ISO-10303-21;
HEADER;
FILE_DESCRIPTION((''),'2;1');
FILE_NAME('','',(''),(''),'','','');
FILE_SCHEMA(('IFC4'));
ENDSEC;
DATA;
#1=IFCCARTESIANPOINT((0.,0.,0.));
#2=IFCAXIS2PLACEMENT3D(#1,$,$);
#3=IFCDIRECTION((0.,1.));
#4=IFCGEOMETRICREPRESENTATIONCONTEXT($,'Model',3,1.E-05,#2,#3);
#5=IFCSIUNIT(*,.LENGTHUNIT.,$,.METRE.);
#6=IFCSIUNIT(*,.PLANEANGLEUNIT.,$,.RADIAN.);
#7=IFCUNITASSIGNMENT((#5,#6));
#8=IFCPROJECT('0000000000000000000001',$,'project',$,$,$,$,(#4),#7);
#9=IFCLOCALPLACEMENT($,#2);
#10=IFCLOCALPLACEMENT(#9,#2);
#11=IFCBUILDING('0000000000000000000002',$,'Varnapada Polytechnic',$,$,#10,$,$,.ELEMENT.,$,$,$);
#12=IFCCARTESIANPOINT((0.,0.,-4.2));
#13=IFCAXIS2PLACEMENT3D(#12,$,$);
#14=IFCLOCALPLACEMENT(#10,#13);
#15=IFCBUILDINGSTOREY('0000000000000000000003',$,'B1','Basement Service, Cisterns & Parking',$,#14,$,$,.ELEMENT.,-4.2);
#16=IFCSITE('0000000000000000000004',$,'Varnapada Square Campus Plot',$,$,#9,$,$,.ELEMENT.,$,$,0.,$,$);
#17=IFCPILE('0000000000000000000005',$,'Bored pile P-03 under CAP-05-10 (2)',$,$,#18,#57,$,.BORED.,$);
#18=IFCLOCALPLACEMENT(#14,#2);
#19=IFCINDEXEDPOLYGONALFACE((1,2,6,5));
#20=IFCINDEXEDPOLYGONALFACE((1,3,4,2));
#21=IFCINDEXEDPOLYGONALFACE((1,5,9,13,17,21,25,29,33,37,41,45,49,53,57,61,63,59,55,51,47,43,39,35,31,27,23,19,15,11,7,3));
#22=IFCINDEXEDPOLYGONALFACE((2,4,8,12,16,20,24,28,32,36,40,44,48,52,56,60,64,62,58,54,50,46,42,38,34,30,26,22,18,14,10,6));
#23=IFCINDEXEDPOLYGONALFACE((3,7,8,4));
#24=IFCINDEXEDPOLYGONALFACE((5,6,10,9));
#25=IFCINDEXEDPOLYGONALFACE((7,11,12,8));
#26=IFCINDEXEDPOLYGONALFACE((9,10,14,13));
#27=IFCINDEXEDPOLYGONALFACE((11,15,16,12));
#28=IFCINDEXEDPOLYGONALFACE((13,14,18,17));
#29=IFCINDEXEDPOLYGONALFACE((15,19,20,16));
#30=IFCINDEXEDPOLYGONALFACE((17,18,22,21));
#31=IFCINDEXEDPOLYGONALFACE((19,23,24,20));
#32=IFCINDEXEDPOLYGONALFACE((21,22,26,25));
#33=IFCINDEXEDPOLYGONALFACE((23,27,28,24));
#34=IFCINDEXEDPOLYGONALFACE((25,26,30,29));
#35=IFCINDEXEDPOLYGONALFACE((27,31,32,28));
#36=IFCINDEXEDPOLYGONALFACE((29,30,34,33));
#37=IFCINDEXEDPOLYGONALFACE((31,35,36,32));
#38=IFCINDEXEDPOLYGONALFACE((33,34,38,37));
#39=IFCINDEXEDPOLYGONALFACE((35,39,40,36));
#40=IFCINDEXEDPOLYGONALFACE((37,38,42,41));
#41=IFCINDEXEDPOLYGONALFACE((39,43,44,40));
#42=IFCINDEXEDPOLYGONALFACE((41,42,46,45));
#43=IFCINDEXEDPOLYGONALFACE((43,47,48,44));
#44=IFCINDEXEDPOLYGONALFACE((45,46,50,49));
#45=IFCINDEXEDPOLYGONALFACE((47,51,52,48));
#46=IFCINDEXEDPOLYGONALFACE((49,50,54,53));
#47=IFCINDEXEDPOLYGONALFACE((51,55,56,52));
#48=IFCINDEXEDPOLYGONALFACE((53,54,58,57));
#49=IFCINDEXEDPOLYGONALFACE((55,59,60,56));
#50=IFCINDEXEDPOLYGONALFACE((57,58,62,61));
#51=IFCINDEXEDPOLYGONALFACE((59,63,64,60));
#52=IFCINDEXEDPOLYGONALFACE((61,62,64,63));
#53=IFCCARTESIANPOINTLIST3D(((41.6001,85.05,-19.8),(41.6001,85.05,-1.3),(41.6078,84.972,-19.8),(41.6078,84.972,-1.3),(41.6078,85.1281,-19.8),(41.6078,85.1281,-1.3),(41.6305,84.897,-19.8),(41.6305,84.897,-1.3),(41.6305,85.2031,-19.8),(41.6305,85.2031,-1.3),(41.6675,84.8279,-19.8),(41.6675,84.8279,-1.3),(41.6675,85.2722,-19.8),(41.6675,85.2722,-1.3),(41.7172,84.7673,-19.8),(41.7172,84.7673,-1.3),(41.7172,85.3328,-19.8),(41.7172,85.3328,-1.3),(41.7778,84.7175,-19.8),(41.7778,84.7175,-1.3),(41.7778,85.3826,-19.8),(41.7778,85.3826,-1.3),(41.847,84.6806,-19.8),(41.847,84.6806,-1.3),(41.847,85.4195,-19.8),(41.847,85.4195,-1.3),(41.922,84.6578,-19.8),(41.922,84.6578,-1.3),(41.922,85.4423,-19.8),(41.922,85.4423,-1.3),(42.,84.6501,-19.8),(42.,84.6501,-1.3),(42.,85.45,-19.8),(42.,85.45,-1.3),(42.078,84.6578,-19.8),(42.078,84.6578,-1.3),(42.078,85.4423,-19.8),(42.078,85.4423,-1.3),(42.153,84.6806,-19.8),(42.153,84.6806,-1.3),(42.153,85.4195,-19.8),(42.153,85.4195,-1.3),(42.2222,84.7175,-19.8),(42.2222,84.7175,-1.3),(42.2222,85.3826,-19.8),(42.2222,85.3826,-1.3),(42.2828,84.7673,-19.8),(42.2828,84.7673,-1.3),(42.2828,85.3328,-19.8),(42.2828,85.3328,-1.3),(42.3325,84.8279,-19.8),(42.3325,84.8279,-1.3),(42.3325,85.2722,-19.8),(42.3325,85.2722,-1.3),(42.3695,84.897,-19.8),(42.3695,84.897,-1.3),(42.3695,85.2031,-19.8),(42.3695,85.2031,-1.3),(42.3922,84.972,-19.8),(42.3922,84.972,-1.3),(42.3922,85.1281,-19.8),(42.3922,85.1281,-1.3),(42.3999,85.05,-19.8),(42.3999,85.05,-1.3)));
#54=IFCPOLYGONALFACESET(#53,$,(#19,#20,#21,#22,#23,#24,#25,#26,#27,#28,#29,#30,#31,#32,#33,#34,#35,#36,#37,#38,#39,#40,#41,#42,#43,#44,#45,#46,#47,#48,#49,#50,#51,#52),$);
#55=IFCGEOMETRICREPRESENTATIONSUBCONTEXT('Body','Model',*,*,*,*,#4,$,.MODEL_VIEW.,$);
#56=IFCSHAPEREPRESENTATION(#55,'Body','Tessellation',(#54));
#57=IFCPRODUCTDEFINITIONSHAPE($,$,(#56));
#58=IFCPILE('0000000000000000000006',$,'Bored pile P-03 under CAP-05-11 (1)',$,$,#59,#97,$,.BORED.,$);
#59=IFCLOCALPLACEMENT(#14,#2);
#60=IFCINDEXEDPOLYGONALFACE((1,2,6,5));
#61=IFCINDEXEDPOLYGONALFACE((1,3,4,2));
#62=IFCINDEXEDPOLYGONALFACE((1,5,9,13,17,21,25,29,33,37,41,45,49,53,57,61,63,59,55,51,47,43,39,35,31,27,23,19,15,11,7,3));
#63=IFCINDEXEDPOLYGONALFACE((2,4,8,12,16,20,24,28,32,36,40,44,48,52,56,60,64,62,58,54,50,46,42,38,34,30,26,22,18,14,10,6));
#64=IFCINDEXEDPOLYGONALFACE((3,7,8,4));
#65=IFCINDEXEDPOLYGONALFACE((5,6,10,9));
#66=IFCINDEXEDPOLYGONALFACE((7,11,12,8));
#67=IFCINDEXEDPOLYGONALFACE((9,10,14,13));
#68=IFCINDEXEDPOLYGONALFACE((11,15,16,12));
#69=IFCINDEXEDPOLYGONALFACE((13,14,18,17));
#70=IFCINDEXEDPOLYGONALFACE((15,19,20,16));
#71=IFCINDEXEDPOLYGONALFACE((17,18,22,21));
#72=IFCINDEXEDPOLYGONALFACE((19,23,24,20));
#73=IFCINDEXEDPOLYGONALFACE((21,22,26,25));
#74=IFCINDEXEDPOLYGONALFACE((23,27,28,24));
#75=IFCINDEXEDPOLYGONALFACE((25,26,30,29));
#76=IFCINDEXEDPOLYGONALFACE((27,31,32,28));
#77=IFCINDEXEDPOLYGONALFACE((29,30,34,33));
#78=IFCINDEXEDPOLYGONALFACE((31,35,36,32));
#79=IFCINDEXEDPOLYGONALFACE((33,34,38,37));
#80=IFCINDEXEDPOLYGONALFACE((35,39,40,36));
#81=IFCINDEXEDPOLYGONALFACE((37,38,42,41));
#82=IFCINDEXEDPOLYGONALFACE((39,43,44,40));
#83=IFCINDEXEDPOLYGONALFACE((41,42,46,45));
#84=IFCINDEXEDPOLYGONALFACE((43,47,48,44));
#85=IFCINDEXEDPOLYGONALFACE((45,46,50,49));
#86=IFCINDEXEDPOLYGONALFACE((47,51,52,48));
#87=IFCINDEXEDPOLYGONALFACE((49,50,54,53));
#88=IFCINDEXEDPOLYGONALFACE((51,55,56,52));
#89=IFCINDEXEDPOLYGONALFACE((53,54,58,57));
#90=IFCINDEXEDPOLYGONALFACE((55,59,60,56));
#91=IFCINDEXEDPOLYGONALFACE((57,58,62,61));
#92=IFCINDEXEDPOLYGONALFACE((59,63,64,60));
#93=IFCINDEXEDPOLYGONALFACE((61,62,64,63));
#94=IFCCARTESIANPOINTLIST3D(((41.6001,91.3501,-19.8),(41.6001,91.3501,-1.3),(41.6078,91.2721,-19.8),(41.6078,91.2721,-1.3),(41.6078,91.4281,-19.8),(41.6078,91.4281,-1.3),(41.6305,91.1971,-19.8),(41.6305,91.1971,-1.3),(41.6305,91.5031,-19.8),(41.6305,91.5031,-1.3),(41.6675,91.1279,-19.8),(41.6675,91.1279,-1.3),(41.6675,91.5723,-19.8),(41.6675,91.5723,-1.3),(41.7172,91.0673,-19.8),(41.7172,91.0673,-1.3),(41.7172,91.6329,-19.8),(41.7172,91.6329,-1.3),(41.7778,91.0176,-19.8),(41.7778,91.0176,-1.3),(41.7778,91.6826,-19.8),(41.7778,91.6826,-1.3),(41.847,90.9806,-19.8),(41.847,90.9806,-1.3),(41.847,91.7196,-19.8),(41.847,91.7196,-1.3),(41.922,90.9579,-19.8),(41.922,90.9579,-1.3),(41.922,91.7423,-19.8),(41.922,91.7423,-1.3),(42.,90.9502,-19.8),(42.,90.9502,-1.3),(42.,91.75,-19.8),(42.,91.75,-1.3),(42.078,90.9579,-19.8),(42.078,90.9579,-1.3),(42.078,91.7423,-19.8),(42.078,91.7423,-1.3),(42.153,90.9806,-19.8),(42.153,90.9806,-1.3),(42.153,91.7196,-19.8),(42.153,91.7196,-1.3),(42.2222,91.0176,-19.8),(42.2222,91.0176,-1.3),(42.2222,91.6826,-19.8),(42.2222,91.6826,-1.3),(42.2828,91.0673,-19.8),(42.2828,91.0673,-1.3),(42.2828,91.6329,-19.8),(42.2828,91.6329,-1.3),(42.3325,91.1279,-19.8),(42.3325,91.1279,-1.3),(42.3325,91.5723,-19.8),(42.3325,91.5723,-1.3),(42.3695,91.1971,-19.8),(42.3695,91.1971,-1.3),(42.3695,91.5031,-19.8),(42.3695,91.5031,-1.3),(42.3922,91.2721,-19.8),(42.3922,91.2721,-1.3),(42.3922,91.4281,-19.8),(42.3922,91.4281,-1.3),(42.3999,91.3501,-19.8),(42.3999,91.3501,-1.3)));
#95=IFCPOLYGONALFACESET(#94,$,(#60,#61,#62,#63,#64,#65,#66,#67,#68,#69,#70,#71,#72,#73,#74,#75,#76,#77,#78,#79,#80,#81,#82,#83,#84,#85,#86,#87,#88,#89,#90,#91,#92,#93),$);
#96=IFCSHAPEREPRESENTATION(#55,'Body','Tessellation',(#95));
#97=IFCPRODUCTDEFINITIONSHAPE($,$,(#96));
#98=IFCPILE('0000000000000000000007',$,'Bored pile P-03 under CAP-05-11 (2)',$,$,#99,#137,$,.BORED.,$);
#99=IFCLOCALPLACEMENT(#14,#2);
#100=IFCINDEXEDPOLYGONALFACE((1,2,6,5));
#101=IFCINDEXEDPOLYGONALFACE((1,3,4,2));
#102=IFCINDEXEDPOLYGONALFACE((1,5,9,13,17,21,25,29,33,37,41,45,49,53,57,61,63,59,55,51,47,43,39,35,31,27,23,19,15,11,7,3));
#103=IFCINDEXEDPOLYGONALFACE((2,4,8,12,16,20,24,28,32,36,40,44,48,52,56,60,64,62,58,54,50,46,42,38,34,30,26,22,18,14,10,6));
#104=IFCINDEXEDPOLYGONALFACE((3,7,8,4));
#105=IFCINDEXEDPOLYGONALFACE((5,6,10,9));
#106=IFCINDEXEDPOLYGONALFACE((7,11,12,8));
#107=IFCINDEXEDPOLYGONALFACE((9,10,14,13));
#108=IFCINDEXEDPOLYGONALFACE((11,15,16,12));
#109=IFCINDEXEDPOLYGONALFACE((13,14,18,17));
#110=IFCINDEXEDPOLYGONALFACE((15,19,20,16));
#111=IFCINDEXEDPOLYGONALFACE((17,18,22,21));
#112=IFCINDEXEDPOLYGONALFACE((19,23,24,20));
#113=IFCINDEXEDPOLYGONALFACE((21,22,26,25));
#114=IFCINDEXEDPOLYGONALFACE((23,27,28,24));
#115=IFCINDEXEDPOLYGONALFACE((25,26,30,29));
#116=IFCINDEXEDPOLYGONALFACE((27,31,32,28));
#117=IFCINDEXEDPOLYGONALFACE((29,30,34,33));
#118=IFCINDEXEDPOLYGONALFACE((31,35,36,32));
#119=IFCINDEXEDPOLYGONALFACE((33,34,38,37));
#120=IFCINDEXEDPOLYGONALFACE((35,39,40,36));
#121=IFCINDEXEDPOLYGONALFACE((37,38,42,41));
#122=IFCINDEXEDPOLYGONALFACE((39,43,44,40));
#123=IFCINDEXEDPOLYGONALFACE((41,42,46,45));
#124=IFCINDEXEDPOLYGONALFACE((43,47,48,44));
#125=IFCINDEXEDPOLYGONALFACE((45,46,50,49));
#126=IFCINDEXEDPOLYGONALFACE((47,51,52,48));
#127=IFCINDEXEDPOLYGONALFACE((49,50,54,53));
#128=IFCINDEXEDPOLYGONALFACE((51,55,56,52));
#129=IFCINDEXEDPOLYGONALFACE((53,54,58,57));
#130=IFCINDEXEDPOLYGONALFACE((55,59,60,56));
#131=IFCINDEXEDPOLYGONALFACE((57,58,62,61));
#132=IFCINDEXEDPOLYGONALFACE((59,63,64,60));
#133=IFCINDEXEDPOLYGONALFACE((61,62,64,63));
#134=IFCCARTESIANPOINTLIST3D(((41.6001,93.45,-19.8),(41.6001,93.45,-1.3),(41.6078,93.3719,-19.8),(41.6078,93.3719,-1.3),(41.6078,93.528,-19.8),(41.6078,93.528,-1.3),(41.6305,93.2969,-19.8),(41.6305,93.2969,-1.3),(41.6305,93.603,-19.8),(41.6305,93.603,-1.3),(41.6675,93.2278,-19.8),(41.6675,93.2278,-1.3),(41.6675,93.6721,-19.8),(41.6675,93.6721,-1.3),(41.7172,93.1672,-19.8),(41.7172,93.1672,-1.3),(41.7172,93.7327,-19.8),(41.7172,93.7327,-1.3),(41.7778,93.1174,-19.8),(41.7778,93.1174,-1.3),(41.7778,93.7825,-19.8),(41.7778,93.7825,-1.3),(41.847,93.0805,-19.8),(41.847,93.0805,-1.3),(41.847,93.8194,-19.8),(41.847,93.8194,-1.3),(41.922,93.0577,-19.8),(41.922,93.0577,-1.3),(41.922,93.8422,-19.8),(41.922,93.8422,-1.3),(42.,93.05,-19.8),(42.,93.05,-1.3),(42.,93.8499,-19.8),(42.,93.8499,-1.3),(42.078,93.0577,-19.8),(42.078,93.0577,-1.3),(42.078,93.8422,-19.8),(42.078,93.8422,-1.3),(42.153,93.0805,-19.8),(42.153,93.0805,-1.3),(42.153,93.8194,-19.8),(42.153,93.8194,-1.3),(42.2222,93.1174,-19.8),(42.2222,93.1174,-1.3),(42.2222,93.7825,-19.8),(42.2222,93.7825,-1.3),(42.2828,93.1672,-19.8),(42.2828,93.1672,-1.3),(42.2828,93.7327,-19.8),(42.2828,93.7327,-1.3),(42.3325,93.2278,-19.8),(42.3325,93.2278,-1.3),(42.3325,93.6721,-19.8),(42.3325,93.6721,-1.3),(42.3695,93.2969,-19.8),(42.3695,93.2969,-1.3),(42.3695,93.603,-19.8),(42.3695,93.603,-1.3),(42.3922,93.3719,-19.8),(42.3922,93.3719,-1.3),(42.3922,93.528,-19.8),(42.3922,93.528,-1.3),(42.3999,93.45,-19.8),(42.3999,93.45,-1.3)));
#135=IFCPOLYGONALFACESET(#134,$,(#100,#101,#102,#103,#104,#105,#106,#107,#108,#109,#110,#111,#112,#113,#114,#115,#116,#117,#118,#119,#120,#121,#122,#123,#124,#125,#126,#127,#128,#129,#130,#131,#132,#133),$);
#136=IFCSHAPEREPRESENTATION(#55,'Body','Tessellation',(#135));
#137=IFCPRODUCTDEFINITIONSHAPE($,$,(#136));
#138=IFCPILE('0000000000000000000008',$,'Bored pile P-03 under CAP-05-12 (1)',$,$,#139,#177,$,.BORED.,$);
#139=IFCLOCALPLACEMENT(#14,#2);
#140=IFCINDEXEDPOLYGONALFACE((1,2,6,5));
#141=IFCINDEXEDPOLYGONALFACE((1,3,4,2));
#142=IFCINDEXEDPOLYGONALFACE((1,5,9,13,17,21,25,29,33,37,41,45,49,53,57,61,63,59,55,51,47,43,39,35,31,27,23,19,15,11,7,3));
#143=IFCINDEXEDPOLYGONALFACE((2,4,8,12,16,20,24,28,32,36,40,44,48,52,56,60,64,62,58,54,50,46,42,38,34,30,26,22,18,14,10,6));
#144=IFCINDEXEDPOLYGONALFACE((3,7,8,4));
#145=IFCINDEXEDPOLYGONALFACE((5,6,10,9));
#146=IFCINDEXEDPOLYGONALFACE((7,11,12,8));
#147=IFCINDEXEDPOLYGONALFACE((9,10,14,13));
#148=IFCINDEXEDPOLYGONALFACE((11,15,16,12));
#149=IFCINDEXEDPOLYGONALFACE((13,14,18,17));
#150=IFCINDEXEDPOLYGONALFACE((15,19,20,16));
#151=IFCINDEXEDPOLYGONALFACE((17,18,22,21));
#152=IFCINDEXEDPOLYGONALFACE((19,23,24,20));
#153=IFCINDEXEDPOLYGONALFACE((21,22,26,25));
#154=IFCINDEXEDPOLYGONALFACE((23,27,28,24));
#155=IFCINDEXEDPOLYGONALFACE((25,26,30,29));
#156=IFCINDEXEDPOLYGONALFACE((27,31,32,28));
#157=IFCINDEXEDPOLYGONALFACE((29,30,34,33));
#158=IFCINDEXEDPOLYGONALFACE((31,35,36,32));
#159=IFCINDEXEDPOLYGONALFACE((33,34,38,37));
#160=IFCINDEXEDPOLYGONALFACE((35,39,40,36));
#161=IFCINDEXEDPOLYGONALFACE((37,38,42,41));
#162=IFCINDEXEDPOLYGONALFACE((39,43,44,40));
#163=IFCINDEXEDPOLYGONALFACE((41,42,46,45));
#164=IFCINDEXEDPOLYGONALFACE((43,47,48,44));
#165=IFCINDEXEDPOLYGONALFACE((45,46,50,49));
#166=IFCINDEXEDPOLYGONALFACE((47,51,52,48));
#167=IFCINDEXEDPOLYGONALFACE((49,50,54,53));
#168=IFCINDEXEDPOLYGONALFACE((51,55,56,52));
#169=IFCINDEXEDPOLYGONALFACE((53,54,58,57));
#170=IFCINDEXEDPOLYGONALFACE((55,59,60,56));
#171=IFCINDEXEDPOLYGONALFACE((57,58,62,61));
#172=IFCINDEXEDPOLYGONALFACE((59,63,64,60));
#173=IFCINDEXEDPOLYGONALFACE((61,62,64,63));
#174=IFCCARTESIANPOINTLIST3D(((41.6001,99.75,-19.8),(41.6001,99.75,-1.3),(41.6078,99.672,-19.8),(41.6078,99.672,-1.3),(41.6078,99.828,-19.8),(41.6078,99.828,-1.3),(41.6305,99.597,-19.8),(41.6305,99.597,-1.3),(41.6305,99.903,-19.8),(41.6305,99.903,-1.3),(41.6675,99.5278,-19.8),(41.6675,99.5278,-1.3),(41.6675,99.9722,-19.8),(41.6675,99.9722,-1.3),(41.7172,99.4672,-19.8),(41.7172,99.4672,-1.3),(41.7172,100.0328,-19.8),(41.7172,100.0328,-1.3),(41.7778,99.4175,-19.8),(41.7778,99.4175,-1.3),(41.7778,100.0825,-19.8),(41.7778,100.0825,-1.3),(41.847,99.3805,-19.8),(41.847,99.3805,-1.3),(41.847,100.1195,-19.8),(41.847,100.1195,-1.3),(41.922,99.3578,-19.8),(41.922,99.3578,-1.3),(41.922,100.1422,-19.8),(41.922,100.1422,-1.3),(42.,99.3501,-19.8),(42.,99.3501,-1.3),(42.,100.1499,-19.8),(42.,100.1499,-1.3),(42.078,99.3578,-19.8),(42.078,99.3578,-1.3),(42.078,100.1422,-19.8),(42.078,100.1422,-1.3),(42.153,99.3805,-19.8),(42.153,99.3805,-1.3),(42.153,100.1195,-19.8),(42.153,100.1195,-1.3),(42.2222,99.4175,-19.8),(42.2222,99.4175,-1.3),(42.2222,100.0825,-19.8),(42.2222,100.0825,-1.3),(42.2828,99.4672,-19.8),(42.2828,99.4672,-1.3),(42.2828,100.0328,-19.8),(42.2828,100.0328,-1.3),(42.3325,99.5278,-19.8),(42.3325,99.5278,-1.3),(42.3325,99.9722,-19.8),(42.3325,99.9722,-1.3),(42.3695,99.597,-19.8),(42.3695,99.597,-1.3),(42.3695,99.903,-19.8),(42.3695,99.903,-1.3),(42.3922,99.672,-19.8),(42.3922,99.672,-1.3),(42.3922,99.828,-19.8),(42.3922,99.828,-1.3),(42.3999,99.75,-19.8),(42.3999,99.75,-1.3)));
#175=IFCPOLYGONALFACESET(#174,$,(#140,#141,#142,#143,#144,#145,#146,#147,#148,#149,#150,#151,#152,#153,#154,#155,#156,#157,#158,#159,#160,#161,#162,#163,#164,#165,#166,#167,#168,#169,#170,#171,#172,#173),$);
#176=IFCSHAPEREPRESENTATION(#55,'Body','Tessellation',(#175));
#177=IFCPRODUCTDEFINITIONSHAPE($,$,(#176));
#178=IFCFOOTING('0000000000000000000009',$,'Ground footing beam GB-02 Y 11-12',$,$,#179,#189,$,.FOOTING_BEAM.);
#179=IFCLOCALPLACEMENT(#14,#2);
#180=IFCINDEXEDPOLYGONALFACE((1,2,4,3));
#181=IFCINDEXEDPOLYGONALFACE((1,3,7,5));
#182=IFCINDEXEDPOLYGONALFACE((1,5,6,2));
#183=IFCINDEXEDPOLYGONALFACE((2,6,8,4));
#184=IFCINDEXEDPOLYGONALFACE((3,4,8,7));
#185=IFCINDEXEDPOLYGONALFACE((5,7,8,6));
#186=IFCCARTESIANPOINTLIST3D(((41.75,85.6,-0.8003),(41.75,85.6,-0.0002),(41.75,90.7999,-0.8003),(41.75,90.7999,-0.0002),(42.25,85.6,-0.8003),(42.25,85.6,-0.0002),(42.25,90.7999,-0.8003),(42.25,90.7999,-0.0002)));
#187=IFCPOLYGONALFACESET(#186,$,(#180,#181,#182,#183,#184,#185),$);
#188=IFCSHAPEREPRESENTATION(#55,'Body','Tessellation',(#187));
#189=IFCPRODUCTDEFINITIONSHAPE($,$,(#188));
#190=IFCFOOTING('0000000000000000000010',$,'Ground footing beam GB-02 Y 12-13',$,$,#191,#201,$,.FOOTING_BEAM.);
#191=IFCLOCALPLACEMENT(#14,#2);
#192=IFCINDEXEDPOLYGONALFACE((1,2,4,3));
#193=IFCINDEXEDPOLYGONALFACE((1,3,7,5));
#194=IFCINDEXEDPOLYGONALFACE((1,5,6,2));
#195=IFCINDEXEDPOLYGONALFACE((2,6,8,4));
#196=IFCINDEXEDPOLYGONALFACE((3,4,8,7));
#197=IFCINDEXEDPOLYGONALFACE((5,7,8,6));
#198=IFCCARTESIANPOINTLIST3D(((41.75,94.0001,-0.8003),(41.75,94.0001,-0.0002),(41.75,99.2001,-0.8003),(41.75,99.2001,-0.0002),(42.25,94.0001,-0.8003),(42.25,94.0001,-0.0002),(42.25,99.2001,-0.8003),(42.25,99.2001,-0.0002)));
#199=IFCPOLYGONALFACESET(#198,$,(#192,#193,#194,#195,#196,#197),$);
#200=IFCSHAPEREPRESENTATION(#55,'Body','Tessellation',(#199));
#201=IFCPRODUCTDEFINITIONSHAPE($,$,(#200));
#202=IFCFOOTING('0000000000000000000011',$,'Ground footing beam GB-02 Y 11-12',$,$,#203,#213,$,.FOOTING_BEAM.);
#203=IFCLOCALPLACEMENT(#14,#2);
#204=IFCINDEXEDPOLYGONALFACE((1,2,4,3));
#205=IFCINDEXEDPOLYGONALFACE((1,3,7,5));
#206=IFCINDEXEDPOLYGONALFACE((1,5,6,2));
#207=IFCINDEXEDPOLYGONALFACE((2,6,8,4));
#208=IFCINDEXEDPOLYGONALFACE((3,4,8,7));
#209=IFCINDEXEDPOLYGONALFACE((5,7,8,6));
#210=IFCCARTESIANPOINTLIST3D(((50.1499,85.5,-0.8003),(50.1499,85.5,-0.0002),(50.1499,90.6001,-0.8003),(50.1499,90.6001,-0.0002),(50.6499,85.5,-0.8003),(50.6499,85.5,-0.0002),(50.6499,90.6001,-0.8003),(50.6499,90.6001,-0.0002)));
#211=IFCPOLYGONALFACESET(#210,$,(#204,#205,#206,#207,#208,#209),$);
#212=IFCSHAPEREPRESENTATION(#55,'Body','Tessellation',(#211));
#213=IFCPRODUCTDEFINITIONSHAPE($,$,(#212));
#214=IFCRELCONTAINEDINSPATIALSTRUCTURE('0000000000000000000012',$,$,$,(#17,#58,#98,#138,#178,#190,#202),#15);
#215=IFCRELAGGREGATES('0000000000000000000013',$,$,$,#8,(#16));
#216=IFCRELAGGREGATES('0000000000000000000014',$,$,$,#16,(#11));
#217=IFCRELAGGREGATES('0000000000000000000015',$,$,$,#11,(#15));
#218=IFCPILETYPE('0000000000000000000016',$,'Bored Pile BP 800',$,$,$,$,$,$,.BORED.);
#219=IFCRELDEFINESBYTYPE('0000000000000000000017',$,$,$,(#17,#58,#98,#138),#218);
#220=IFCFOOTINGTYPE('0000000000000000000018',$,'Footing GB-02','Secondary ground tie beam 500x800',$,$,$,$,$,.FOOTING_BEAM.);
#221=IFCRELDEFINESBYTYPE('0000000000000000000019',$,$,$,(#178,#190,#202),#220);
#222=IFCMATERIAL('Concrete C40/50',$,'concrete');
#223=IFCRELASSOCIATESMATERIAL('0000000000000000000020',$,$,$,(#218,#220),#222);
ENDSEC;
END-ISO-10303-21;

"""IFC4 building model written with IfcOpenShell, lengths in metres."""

from ifc_helpers import new_model, si_unit, direction, frame, origin, origin_2d, place, context, subcontext, project, spatial, rectangle, circle, extrude, material, material_profile, profile_set, type_object, element, save


model = new_model("IFC4")

# Units and contexts
model_context = context("Model", 3, precision=1e-05, world=origin(), true_north=direction((0.0, 1.0)))
body_context = subcontext(model_context, "Body", "Model", "MODEL_VIEW")
ifc_project = project(units=[si_unit("LENGTHUNIT", "METRE"), si_unit("PLANEANGLEUNIT", "RADIAN")], contexts=[model_context])

# Site, building, storey
site_placement = place(None, origin())
site = spatial("IfcSite", under=ifc_project, at=site_placement, Name="Varnapada Square Campus Plot", CompositionType="ELEMENT", RefElevation=0.0)
building_placement = place(site_placement, origin())
building = spatial("IfcBuilding", under=site, at=building_placement, Name="Varnapada Polytechnic", CompositionType="ELEMENT")
storey_placement = place(building_placement, frame((0.0, 0.0, -4.2)))
storey = spatial("IfcBuildingStorey", under=building, at=storey_placement, Name="B1", Description="Basement Service, Cisterns & Parking", CompositionType="ELEMENT", Elevation=-4.2)

# Piles
ifc_material_1 = material(Name="Concrete C40/50", Category="concrete")
ifc_material_profile_1 = material_profile(ifc_material_1, circle(Radius=0.3999, at=origin_2d()), Name="BP 800")
ifc_profile_set_1 = profile_set([ifc_material_profile_1], Name="Concrete C40/50")
pile_type_1 = type_object("IfcPileType", Name="Bored Pile BP 800", PredefinedType="BORED", material=ifc_profile_set_1)
for number, where, z_axis, x_axis, name in (
    (1, (42.0, 85.05, -1.3), (0.0, 0.0, -1.0), (1.0, 0.0, 0.0), "Bored pile P-03 under CAP-05-10 (2)"),
    (2, (42.0, 91.3501, -1.3), (0.0, 0.0, -1.0), (1.0, 0.0, 0.0), "Bored pile P-03 under CAP-05-11 (1)"),
    (3, (42.0, 93.45, -1.3), (0.0, 0.0, -1.0), (1.0, 0.0, 0.0), "Bored pile P-03 under CAP-05-11 (2)"),
    (4, (42.0, 99.75, -1.3), (0.0, 0.0, -1.0), (1.0, 0.0, 0.0), "Bored pile P-03 under CAP-05-12 (1)"),
):
    element("IfcPile", number, at=place(storey_placement, frame(where, z_axis=z_axis, x_axis=x_axis)), inside=storey, type_object=pile_type_1, Name=name, PredefinedType="BORED", context=body_context, shape_type="SweptSolid", body=[
        extrude(circle(Radius=0.3999, at=origin_2d()), origin(), (0.0, 0.0, 1.0), 18.5),
    ])

# Footings
footing_type_1 = type_object("IfcFootingType", Name="Footing GB-02", Description="Secondary ground tie beam 500x800", PredefinedType="FOOTING_BEAM", material=ifc_material_1)
for number, where, z_axis, x_axis, name in (
    (5, (42.0, 88.2, -0.8003), (0.0, 0.0, 1.0), (0.0, 1.0, 0.0), "Ground footing beam GB-02 Y 11-12"),
    (6, (42.0, 96.6001, -0.8003), (0.0, 0.0, 1.0), (0.0, 1.0, 0.0), "Ground footing beam GB-02 Y 12-13"),
):
    element("IfcFooting", number, at=place(storey_placement, frame(where, z_axis=z_axis, x_axis=x_axis)), inside=storey, type_object=footing_type_1, Name=name, PredefinedType="FOOTING_BEAM", context=body_context, shape_type="SweptSolid", body=[
        extrude(rectangle(XDim=5.2, YDim=0.5, at=origin_2d()), origin(), (0.0, 0.0, 1.0), 0.8),
    ])
footing_1_placement = place(storey_placement, frame((50.3999, 88.05, -0.8003), z_axis=(0.0, 0.0, 1.0), x_axis=(0.0, 1.0, 0.0)))
element("IfcFooting", 7, at=footing_1_placement, inside=storey, type_object=footing_type_1, Name="Ground footing beam GB-02 Y 11-12", PredefinedType="FOOTING_BEAM", context=body_context, shape_type="SweptSolid", body=[
    extrude(rectangle(XDim=5.1001, YDim=0.5, at=origin_2d()), origin(), (0.0, 0.0, 1.0), 0.8),
])

save(model, "model.ifc")
